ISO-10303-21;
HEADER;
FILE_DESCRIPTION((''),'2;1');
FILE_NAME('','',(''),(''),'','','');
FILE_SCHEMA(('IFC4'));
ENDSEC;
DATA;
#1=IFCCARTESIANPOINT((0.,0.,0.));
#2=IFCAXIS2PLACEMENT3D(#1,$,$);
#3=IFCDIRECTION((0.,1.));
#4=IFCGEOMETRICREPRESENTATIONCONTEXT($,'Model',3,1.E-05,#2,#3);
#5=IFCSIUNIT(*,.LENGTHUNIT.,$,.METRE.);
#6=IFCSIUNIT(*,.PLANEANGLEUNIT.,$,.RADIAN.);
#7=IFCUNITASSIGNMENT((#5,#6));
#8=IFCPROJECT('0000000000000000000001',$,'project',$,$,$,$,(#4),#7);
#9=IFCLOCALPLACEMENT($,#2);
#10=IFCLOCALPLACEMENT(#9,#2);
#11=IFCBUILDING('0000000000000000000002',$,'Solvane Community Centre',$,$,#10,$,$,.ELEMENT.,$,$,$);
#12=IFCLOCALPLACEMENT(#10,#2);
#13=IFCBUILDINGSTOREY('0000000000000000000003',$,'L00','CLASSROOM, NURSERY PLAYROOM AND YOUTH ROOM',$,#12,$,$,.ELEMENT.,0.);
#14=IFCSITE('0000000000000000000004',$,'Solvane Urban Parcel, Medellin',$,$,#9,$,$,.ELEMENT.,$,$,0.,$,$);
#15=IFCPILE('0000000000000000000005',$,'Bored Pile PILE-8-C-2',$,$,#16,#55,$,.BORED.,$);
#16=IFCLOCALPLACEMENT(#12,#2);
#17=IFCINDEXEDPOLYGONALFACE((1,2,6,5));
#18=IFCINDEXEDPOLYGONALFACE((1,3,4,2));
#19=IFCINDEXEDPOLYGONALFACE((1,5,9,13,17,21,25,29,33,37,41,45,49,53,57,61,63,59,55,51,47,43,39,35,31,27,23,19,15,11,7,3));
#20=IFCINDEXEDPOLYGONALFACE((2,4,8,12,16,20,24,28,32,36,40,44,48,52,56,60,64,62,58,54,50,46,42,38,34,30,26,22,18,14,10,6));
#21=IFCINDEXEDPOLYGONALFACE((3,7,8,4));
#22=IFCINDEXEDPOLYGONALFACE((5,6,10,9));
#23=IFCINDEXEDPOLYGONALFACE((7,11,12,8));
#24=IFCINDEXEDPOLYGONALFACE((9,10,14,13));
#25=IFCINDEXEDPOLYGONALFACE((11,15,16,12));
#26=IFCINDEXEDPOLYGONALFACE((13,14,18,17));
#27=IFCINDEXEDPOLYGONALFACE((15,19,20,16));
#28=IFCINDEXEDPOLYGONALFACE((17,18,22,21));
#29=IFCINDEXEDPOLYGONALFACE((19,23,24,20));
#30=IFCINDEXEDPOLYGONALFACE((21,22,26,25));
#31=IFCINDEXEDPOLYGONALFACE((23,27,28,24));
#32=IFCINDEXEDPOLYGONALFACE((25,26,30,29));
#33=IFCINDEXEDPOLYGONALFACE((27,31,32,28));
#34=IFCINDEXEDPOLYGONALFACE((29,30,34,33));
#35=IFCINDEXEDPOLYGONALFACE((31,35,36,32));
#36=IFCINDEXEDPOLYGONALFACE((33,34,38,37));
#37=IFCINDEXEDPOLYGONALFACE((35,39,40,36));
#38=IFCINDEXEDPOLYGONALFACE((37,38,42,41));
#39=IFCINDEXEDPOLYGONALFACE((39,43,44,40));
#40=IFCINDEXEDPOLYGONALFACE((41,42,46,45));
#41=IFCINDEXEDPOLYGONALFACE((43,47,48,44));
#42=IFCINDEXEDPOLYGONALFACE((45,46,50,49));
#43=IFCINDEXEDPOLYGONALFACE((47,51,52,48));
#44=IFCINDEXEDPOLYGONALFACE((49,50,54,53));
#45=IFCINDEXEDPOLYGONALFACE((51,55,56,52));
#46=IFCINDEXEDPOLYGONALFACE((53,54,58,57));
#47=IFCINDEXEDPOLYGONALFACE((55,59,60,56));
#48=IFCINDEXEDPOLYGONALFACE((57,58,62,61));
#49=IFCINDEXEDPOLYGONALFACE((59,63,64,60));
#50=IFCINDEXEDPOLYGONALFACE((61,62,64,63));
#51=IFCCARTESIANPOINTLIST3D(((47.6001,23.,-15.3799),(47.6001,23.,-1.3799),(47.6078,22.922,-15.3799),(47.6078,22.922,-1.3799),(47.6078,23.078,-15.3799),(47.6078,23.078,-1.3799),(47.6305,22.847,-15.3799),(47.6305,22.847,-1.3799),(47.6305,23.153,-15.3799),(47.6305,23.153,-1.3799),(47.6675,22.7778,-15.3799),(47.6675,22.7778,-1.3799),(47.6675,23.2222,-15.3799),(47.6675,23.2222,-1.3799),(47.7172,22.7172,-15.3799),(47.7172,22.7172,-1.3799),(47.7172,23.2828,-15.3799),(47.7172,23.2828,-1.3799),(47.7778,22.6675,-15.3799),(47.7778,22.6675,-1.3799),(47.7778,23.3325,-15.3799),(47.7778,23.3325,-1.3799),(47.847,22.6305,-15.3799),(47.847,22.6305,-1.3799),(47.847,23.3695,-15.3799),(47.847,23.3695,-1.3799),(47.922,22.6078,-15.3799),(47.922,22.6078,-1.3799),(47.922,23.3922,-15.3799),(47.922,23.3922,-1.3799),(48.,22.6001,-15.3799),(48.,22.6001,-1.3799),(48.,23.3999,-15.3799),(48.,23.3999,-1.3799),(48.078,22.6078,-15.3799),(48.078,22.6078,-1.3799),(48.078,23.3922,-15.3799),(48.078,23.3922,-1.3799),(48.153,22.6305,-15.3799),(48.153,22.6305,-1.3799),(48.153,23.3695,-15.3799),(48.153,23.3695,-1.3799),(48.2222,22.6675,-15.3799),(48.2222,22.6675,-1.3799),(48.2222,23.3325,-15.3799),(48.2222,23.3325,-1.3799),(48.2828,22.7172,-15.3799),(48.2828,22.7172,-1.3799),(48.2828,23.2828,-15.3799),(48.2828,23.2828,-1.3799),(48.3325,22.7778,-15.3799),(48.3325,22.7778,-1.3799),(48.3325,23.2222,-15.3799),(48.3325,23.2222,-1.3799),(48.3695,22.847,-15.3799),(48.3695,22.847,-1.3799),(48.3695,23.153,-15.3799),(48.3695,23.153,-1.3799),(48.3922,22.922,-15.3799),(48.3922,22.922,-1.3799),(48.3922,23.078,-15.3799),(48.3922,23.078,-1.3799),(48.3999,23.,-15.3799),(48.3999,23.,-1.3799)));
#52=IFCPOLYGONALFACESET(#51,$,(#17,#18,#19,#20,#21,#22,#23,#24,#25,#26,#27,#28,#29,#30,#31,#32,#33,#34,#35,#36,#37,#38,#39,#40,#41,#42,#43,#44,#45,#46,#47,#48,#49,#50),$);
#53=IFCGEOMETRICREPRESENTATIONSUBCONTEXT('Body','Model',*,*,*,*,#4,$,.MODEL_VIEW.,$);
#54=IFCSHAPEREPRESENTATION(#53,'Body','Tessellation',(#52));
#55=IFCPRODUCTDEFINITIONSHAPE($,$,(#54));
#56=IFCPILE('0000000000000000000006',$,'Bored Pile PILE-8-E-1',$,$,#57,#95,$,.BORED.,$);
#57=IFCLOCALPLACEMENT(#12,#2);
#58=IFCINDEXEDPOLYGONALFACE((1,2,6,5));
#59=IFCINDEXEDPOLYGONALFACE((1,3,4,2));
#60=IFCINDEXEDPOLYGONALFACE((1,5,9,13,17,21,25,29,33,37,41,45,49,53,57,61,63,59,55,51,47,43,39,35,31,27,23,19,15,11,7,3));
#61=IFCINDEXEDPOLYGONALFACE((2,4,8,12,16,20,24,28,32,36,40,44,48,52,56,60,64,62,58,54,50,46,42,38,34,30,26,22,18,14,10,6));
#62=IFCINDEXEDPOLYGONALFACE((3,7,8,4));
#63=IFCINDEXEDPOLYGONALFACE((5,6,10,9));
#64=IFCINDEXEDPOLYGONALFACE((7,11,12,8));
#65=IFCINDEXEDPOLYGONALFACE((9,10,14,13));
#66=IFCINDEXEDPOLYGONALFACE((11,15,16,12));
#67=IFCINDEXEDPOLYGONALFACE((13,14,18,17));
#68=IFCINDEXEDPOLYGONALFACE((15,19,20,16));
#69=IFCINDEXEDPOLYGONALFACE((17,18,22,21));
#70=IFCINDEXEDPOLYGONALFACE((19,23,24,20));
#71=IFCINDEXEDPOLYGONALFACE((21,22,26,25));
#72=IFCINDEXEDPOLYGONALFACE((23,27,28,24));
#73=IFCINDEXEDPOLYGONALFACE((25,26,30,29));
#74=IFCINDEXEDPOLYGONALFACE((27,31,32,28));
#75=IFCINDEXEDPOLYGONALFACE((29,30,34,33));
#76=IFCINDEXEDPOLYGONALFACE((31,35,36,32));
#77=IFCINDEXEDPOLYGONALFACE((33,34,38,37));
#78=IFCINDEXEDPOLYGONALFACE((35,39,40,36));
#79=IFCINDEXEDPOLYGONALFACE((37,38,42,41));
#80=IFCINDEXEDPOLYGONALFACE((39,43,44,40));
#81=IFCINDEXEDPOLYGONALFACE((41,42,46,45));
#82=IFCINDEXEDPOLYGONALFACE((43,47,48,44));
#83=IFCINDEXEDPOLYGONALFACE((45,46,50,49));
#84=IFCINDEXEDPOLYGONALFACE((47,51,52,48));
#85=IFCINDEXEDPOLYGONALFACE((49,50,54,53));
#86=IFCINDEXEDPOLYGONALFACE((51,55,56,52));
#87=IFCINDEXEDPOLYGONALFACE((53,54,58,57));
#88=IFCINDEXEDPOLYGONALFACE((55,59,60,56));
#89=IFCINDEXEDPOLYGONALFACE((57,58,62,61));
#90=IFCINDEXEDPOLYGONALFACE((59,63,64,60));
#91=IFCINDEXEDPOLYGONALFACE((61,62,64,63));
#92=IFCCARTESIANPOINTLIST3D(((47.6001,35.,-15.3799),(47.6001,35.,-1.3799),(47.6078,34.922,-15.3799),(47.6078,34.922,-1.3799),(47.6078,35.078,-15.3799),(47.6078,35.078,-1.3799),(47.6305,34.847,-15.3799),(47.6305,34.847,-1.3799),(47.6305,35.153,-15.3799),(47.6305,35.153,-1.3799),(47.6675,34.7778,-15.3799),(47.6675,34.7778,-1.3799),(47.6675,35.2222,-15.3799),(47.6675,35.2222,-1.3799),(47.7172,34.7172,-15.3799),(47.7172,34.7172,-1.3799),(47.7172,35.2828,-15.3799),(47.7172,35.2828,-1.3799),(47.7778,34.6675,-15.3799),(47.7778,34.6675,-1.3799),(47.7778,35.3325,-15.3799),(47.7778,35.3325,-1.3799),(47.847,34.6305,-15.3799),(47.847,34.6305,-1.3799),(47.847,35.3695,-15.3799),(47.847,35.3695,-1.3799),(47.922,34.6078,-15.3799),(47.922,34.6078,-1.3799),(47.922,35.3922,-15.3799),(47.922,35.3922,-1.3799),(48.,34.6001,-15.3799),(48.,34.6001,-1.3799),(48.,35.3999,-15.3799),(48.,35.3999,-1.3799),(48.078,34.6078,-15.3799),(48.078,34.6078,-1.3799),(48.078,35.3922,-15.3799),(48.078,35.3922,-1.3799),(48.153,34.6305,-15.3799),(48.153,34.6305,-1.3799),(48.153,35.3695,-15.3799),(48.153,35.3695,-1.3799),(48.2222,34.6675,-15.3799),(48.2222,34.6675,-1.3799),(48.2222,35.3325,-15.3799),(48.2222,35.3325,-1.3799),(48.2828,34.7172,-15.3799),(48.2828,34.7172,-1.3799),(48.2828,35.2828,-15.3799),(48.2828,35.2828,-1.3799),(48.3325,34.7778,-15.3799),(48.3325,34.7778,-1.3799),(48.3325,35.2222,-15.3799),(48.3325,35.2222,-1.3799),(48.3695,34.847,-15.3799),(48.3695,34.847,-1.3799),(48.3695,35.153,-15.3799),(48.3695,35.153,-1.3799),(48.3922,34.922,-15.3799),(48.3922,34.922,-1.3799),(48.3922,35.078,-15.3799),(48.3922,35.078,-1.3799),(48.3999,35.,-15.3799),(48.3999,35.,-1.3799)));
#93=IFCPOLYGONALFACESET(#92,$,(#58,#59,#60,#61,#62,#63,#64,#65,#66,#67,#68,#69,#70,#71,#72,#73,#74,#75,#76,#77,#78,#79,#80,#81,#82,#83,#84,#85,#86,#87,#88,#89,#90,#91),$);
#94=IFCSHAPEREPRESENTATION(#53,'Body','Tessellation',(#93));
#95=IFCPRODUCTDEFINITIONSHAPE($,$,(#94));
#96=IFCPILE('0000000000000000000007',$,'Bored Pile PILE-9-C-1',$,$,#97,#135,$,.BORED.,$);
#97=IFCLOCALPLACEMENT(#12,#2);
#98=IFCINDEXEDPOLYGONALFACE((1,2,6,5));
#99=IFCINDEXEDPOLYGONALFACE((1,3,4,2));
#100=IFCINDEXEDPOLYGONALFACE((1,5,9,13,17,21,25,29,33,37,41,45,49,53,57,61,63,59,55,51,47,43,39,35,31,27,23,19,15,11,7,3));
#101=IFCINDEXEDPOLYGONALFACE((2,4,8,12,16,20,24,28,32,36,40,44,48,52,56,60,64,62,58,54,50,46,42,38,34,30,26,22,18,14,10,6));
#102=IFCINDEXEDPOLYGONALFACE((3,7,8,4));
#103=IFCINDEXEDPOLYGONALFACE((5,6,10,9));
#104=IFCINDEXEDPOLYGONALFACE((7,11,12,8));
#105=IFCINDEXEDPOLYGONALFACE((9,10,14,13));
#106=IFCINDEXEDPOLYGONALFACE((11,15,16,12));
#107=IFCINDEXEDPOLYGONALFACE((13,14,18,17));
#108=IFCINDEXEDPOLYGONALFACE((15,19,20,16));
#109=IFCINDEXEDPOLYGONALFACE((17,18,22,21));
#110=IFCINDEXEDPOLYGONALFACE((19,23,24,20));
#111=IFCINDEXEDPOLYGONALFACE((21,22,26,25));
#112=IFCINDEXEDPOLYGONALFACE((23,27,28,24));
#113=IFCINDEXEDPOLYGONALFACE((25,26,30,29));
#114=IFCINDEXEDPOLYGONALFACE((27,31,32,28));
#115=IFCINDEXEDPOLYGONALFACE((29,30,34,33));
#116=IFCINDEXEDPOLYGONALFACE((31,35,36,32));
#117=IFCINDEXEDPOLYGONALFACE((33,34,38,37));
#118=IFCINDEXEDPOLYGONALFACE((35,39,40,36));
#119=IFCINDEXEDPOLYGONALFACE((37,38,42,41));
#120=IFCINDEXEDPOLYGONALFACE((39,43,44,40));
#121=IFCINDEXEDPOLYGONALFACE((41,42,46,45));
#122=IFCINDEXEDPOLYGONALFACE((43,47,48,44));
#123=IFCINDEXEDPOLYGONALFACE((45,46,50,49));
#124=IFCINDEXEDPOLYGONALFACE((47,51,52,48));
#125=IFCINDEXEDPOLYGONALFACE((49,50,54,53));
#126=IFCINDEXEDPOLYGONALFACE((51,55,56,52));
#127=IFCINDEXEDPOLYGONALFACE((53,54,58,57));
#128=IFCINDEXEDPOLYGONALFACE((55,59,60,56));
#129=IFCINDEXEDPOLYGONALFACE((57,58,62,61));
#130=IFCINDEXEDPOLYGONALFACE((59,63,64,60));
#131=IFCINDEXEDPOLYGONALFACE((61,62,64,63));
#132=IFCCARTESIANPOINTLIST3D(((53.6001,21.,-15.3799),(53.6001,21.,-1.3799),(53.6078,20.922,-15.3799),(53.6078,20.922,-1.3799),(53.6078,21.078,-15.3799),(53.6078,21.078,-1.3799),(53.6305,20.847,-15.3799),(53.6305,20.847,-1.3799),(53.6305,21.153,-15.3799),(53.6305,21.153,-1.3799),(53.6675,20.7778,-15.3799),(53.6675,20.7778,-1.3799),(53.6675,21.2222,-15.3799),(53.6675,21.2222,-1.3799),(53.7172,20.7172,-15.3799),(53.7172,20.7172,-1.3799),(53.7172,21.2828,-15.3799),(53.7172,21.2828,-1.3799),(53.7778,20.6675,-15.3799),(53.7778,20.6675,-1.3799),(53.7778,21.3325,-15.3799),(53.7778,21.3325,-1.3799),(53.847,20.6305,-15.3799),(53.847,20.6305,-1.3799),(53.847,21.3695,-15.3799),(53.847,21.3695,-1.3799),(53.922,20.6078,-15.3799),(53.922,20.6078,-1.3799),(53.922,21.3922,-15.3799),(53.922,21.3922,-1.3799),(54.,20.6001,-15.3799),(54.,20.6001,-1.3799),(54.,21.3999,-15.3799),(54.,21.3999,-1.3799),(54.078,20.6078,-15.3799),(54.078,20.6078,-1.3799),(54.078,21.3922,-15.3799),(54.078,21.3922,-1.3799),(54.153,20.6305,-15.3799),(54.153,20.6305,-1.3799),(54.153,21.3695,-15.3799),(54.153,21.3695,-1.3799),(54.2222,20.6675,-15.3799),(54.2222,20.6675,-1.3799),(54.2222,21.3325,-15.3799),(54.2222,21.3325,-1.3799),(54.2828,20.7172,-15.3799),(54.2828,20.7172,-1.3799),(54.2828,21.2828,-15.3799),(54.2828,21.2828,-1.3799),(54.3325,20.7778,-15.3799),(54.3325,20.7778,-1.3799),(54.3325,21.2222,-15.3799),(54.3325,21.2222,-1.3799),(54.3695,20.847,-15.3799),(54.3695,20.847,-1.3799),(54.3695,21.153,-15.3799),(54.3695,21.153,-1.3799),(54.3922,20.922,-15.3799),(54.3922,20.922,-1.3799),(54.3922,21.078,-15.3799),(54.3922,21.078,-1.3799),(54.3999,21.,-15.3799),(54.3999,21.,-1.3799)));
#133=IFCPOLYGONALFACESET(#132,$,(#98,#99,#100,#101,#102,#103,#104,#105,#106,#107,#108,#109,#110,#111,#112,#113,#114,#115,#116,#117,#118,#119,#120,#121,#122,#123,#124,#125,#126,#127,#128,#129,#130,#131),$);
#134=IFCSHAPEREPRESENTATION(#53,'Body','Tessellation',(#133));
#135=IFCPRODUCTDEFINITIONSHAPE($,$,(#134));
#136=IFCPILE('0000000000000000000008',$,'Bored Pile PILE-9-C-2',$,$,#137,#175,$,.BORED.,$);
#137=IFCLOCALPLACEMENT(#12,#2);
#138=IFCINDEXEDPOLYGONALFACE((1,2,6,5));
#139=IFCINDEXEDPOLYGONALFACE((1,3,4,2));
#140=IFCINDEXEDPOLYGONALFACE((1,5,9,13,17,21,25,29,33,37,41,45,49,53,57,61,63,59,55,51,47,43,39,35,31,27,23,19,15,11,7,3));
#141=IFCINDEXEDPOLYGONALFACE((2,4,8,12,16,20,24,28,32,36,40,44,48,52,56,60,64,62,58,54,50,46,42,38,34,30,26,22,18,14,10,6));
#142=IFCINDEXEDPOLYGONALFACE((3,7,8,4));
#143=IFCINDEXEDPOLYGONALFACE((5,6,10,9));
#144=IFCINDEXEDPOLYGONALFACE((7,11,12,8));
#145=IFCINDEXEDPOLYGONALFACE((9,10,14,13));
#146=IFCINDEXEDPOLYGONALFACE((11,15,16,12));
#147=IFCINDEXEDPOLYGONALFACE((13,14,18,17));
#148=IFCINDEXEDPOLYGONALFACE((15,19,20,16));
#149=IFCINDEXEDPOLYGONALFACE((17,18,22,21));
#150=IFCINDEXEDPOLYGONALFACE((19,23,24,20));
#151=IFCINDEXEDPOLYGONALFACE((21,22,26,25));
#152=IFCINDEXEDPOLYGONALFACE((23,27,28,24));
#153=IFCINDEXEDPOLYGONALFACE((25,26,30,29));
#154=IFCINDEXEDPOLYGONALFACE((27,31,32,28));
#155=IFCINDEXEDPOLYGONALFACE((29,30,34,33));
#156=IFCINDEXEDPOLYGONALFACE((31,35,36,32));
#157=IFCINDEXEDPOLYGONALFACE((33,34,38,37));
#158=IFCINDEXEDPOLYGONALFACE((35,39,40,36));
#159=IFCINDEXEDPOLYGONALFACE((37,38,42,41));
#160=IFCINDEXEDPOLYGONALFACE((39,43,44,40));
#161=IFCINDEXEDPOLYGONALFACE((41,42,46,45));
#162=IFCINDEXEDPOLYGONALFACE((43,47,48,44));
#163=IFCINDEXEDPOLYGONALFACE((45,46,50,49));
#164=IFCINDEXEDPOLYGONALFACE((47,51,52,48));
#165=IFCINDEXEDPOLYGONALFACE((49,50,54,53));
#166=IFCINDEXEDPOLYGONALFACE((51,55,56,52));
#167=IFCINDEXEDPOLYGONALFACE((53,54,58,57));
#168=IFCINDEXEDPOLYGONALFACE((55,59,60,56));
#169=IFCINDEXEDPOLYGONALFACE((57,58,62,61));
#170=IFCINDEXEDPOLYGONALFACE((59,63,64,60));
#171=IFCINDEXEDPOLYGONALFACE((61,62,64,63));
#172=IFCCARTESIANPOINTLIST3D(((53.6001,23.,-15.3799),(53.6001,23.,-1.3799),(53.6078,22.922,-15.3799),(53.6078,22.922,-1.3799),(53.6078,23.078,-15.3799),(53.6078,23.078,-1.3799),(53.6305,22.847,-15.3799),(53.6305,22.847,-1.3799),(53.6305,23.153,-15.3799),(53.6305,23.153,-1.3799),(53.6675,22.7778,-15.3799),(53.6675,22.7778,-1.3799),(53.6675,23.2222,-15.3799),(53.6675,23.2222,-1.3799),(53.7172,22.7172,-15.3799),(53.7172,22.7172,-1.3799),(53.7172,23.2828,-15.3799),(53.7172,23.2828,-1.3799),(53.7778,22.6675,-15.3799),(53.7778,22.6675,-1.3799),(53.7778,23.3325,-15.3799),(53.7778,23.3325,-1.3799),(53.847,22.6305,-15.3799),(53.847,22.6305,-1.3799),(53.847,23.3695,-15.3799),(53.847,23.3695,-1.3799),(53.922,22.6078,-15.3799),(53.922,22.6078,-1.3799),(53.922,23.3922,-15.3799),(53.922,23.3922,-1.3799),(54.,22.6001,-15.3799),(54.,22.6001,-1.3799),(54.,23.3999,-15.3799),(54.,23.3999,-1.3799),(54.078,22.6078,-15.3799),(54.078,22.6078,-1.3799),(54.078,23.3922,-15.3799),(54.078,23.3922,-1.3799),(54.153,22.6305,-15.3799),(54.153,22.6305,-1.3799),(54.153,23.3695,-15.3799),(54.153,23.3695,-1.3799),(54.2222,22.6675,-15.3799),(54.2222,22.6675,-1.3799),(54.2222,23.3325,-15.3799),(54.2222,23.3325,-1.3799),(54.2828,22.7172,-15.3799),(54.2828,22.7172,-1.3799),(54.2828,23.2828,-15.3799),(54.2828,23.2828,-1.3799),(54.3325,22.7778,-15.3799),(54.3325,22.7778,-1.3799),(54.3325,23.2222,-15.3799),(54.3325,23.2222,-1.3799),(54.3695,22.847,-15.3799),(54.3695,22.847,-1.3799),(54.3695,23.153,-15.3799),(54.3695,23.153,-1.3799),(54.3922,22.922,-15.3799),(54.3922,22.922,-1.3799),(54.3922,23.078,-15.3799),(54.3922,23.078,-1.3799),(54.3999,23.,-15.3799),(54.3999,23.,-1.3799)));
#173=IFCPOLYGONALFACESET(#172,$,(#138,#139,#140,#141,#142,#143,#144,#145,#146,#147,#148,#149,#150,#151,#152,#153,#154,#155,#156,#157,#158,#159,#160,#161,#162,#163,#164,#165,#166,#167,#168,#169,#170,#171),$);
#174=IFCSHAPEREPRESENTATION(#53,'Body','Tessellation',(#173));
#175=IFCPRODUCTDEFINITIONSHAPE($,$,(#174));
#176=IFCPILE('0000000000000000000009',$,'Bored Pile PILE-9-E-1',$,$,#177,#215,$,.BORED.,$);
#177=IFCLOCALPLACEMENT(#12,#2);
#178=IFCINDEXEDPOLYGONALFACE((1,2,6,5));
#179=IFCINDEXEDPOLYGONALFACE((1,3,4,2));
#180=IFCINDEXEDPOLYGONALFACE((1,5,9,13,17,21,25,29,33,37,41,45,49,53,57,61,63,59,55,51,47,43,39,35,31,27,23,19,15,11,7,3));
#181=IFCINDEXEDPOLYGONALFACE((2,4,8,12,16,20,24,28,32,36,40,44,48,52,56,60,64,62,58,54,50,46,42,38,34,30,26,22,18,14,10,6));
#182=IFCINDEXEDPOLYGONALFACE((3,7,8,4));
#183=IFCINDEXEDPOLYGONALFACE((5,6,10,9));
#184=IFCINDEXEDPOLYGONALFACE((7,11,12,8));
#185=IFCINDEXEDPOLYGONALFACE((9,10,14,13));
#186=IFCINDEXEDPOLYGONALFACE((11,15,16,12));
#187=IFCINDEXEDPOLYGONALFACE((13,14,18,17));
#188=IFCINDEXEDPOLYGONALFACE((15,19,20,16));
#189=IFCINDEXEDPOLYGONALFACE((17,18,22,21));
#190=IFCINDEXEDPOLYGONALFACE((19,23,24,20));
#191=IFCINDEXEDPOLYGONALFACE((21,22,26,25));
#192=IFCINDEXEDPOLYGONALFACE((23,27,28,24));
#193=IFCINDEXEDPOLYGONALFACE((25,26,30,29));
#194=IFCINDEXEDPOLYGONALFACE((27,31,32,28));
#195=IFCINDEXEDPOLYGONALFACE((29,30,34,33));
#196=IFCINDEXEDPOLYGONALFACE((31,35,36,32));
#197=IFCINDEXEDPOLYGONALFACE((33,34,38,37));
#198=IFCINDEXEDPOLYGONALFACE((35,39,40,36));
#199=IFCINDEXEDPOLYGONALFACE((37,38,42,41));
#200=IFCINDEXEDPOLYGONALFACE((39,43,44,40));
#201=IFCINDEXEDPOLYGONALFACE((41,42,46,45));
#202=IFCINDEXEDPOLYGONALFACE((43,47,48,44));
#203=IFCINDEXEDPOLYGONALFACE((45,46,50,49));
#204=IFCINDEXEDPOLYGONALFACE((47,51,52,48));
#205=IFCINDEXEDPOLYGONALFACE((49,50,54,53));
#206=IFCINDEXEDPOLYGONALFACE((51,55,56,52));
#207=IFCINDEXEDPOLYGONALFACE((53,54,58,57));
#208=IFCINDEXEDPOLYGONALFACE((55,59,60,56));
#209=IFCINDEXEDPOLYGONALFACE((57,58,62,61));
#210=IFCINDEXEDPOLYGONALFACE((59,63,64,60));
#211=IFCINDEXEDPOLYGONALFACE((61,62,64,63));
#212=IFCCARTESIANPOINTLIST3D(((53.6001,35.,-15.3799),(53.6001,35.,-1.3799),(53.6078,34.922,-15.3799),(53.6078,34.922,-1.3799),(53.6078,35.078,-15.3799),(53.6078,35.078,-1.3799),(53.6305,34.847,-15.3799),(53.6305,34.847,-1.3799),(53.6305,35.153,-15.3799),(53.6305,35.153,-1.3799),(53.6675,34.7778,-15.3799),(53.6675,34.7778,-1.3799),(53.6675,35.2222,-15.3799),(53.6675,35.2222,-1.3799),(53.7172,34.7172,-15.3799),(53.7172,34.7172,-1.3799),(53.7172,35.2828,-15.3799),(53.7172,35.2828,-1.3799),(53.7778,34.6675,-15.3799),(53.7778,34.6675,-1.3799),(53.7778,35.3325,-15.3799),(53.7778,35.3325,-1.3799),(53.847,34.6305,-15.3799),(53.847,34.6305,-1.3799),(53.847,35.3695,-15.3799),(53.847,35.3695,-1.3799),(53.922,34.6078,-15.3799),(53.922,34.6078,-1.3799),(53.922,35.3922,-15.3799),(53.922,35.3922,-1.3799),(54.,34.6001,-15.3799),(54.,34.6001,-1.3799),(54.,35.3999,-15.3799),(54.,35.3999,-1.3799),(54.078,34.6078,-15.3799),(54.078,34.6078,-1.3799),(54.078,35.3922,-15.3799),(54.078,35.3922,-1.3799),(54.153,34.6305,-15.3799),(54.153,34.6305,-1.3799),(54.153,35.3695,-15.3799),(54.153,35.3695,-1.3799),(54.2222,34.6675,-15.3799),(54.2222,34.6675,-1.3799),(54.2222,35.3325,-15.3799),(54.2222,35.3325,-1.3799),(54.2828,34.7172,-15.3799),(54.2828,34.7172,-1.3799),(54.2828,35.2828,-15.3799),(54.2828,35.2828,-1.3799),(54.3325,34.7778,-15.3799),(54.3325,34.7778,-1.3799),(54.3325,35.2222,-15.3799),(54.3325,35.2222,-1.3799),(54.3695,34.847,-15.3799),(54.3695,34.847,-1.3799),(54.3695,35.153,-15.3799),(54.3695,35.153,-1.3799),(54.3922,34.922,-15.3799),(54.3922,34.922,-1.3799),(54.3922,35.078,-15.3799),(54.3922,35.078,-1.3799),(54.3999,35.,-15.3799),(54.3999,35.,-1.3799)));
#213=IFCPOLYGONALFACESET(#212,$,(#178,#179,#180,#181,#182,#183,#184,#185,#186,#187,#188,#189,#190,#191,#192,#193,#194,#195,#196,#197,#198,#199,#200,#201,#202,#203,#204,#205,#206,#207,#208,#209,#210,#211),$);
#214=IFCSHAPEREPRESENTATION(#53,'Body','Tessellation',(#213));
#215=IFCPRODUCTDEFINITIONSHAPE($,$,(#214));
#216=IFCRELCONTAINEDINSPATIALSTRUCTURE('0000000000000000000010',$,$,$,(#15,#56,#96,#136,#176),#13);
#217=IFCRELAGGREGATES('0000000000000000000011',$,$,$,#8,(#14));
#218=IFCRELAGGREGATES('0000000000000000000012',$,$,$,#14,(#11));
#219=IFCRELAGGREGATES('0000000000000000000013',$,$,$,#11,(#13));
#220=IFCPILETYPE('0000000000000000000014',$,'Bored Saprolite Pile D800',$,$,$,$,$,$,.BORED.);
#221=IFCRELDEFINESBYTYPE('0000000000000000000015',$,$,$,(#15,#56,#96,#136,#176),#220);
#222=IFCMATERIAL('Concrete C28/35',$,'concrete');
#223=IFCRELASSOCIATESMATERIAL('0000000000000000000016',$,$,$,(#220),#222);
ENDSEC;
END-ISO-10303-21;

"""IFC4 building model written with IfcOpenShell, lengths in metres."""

from ifc_helpers import new_model, si_unit, direction, frame, origin, origin_2d, place, context, subcontext, project, spatial, circle, extrude, material, material_profile, profile_set, type_object, element, save


model = new_model("IFC4")

# Units and contexts
model_context = context("Model", 3, precision=1e-05, world=origin(), true_north=direction((0.0, 1.0)))
body_context = subcontext(model_context, "Body", "Model", "MODEL_VIEW")
ifc_project = project(units=[si_unit("LENGTHUNIT", "METRE"), si_unit("PLANEANGLEUNIT", "RADIAN")], contexts=[model_context])

# Site, building, storey
site_placement = place(None, origin())
site = spatial("IfcSite", under=ifc_project, at=site_placement, Name="Solvane Urban Parcel, Medellin", CompositionType="ELEMENT", RefElevation=0.0)
building_placement = place(site_placement, origin())
building = spatial("IfcBuilding", under=site, at=building_placement, Name="Solvane Community Centre", CompositionType="ELEMENT")
storey_placement = place(building_placement, origin())
storey = spatial("IfcBuildingStorey", under=building, at=storey_placement, Name="L00", Description="CLASSROOM, NURSERY PLAYROOM AND YOUTH ROOM", CompositionType="ELEMENT", Elevation=0.0)

# Piles
ifc_material_1 = material(Name="Concrete C28/35", Category="concrete")
ifc_material_profile_1 = material_profile(ifc_material_1, circle(Radius=0.3999, at=origin_2d()), Name="PILE D800")
ifc_profile_set_1 = profile_set([ifc_material_profile_1], Name="Concrete C28/35")
pile_type = type_object("IfcPileType", Name="Bored Saprolite Pile D800", PredefinedType="BORED", material=ifc_profile_set_1)
for number, where, z_axis, x_axis, name in (
    (1, (48.0, 23.0, -1.3799), (0.0, 0.0, -1.0), (1.0, 0.0, 0.0), "Bored Pile PILE-8-C-2"),
    (2, (48.0, 35.0, -1.3799), (0.0, 0.0, -1.0), (1.0, 0.0, 0.0), "Bored Pile PILE-8-E-1"),
    (3, (54.0, 21.0, -1.3799), (0.0, 0.0, -1.0), (1.0, 0.0, 0.0), "Bored Pile PILE-9-C-1"),
    (4, (54.0, 23.0, -1.3799), (0.0, 0.0, -1.0), (1.0, 0.0, 0.0), "Bored Pile PILE-9-C-2"),
    (5, (54.0, 35.0, -1.3799), (0.0, 0.0, -1.0), (1.0, 0.0, 0.0), "Bored Pile PILE-9-E-1"),
):
    element("IfcPile", number, at=place(storey_placement, frame(where, z_axis=z_axis, x_axis=x_axis)), inside=storey, type_object=pile_type, Name=name, PredefinedType="BORED", context=body_context, shape_type="SweptSolid", body=[
        extrude(circle(Radius=0.3999, at=origin_2d()), origin(), (0.0, 0.0, 1.0), 14.0),
    ])

save(model, "model.ifc")
